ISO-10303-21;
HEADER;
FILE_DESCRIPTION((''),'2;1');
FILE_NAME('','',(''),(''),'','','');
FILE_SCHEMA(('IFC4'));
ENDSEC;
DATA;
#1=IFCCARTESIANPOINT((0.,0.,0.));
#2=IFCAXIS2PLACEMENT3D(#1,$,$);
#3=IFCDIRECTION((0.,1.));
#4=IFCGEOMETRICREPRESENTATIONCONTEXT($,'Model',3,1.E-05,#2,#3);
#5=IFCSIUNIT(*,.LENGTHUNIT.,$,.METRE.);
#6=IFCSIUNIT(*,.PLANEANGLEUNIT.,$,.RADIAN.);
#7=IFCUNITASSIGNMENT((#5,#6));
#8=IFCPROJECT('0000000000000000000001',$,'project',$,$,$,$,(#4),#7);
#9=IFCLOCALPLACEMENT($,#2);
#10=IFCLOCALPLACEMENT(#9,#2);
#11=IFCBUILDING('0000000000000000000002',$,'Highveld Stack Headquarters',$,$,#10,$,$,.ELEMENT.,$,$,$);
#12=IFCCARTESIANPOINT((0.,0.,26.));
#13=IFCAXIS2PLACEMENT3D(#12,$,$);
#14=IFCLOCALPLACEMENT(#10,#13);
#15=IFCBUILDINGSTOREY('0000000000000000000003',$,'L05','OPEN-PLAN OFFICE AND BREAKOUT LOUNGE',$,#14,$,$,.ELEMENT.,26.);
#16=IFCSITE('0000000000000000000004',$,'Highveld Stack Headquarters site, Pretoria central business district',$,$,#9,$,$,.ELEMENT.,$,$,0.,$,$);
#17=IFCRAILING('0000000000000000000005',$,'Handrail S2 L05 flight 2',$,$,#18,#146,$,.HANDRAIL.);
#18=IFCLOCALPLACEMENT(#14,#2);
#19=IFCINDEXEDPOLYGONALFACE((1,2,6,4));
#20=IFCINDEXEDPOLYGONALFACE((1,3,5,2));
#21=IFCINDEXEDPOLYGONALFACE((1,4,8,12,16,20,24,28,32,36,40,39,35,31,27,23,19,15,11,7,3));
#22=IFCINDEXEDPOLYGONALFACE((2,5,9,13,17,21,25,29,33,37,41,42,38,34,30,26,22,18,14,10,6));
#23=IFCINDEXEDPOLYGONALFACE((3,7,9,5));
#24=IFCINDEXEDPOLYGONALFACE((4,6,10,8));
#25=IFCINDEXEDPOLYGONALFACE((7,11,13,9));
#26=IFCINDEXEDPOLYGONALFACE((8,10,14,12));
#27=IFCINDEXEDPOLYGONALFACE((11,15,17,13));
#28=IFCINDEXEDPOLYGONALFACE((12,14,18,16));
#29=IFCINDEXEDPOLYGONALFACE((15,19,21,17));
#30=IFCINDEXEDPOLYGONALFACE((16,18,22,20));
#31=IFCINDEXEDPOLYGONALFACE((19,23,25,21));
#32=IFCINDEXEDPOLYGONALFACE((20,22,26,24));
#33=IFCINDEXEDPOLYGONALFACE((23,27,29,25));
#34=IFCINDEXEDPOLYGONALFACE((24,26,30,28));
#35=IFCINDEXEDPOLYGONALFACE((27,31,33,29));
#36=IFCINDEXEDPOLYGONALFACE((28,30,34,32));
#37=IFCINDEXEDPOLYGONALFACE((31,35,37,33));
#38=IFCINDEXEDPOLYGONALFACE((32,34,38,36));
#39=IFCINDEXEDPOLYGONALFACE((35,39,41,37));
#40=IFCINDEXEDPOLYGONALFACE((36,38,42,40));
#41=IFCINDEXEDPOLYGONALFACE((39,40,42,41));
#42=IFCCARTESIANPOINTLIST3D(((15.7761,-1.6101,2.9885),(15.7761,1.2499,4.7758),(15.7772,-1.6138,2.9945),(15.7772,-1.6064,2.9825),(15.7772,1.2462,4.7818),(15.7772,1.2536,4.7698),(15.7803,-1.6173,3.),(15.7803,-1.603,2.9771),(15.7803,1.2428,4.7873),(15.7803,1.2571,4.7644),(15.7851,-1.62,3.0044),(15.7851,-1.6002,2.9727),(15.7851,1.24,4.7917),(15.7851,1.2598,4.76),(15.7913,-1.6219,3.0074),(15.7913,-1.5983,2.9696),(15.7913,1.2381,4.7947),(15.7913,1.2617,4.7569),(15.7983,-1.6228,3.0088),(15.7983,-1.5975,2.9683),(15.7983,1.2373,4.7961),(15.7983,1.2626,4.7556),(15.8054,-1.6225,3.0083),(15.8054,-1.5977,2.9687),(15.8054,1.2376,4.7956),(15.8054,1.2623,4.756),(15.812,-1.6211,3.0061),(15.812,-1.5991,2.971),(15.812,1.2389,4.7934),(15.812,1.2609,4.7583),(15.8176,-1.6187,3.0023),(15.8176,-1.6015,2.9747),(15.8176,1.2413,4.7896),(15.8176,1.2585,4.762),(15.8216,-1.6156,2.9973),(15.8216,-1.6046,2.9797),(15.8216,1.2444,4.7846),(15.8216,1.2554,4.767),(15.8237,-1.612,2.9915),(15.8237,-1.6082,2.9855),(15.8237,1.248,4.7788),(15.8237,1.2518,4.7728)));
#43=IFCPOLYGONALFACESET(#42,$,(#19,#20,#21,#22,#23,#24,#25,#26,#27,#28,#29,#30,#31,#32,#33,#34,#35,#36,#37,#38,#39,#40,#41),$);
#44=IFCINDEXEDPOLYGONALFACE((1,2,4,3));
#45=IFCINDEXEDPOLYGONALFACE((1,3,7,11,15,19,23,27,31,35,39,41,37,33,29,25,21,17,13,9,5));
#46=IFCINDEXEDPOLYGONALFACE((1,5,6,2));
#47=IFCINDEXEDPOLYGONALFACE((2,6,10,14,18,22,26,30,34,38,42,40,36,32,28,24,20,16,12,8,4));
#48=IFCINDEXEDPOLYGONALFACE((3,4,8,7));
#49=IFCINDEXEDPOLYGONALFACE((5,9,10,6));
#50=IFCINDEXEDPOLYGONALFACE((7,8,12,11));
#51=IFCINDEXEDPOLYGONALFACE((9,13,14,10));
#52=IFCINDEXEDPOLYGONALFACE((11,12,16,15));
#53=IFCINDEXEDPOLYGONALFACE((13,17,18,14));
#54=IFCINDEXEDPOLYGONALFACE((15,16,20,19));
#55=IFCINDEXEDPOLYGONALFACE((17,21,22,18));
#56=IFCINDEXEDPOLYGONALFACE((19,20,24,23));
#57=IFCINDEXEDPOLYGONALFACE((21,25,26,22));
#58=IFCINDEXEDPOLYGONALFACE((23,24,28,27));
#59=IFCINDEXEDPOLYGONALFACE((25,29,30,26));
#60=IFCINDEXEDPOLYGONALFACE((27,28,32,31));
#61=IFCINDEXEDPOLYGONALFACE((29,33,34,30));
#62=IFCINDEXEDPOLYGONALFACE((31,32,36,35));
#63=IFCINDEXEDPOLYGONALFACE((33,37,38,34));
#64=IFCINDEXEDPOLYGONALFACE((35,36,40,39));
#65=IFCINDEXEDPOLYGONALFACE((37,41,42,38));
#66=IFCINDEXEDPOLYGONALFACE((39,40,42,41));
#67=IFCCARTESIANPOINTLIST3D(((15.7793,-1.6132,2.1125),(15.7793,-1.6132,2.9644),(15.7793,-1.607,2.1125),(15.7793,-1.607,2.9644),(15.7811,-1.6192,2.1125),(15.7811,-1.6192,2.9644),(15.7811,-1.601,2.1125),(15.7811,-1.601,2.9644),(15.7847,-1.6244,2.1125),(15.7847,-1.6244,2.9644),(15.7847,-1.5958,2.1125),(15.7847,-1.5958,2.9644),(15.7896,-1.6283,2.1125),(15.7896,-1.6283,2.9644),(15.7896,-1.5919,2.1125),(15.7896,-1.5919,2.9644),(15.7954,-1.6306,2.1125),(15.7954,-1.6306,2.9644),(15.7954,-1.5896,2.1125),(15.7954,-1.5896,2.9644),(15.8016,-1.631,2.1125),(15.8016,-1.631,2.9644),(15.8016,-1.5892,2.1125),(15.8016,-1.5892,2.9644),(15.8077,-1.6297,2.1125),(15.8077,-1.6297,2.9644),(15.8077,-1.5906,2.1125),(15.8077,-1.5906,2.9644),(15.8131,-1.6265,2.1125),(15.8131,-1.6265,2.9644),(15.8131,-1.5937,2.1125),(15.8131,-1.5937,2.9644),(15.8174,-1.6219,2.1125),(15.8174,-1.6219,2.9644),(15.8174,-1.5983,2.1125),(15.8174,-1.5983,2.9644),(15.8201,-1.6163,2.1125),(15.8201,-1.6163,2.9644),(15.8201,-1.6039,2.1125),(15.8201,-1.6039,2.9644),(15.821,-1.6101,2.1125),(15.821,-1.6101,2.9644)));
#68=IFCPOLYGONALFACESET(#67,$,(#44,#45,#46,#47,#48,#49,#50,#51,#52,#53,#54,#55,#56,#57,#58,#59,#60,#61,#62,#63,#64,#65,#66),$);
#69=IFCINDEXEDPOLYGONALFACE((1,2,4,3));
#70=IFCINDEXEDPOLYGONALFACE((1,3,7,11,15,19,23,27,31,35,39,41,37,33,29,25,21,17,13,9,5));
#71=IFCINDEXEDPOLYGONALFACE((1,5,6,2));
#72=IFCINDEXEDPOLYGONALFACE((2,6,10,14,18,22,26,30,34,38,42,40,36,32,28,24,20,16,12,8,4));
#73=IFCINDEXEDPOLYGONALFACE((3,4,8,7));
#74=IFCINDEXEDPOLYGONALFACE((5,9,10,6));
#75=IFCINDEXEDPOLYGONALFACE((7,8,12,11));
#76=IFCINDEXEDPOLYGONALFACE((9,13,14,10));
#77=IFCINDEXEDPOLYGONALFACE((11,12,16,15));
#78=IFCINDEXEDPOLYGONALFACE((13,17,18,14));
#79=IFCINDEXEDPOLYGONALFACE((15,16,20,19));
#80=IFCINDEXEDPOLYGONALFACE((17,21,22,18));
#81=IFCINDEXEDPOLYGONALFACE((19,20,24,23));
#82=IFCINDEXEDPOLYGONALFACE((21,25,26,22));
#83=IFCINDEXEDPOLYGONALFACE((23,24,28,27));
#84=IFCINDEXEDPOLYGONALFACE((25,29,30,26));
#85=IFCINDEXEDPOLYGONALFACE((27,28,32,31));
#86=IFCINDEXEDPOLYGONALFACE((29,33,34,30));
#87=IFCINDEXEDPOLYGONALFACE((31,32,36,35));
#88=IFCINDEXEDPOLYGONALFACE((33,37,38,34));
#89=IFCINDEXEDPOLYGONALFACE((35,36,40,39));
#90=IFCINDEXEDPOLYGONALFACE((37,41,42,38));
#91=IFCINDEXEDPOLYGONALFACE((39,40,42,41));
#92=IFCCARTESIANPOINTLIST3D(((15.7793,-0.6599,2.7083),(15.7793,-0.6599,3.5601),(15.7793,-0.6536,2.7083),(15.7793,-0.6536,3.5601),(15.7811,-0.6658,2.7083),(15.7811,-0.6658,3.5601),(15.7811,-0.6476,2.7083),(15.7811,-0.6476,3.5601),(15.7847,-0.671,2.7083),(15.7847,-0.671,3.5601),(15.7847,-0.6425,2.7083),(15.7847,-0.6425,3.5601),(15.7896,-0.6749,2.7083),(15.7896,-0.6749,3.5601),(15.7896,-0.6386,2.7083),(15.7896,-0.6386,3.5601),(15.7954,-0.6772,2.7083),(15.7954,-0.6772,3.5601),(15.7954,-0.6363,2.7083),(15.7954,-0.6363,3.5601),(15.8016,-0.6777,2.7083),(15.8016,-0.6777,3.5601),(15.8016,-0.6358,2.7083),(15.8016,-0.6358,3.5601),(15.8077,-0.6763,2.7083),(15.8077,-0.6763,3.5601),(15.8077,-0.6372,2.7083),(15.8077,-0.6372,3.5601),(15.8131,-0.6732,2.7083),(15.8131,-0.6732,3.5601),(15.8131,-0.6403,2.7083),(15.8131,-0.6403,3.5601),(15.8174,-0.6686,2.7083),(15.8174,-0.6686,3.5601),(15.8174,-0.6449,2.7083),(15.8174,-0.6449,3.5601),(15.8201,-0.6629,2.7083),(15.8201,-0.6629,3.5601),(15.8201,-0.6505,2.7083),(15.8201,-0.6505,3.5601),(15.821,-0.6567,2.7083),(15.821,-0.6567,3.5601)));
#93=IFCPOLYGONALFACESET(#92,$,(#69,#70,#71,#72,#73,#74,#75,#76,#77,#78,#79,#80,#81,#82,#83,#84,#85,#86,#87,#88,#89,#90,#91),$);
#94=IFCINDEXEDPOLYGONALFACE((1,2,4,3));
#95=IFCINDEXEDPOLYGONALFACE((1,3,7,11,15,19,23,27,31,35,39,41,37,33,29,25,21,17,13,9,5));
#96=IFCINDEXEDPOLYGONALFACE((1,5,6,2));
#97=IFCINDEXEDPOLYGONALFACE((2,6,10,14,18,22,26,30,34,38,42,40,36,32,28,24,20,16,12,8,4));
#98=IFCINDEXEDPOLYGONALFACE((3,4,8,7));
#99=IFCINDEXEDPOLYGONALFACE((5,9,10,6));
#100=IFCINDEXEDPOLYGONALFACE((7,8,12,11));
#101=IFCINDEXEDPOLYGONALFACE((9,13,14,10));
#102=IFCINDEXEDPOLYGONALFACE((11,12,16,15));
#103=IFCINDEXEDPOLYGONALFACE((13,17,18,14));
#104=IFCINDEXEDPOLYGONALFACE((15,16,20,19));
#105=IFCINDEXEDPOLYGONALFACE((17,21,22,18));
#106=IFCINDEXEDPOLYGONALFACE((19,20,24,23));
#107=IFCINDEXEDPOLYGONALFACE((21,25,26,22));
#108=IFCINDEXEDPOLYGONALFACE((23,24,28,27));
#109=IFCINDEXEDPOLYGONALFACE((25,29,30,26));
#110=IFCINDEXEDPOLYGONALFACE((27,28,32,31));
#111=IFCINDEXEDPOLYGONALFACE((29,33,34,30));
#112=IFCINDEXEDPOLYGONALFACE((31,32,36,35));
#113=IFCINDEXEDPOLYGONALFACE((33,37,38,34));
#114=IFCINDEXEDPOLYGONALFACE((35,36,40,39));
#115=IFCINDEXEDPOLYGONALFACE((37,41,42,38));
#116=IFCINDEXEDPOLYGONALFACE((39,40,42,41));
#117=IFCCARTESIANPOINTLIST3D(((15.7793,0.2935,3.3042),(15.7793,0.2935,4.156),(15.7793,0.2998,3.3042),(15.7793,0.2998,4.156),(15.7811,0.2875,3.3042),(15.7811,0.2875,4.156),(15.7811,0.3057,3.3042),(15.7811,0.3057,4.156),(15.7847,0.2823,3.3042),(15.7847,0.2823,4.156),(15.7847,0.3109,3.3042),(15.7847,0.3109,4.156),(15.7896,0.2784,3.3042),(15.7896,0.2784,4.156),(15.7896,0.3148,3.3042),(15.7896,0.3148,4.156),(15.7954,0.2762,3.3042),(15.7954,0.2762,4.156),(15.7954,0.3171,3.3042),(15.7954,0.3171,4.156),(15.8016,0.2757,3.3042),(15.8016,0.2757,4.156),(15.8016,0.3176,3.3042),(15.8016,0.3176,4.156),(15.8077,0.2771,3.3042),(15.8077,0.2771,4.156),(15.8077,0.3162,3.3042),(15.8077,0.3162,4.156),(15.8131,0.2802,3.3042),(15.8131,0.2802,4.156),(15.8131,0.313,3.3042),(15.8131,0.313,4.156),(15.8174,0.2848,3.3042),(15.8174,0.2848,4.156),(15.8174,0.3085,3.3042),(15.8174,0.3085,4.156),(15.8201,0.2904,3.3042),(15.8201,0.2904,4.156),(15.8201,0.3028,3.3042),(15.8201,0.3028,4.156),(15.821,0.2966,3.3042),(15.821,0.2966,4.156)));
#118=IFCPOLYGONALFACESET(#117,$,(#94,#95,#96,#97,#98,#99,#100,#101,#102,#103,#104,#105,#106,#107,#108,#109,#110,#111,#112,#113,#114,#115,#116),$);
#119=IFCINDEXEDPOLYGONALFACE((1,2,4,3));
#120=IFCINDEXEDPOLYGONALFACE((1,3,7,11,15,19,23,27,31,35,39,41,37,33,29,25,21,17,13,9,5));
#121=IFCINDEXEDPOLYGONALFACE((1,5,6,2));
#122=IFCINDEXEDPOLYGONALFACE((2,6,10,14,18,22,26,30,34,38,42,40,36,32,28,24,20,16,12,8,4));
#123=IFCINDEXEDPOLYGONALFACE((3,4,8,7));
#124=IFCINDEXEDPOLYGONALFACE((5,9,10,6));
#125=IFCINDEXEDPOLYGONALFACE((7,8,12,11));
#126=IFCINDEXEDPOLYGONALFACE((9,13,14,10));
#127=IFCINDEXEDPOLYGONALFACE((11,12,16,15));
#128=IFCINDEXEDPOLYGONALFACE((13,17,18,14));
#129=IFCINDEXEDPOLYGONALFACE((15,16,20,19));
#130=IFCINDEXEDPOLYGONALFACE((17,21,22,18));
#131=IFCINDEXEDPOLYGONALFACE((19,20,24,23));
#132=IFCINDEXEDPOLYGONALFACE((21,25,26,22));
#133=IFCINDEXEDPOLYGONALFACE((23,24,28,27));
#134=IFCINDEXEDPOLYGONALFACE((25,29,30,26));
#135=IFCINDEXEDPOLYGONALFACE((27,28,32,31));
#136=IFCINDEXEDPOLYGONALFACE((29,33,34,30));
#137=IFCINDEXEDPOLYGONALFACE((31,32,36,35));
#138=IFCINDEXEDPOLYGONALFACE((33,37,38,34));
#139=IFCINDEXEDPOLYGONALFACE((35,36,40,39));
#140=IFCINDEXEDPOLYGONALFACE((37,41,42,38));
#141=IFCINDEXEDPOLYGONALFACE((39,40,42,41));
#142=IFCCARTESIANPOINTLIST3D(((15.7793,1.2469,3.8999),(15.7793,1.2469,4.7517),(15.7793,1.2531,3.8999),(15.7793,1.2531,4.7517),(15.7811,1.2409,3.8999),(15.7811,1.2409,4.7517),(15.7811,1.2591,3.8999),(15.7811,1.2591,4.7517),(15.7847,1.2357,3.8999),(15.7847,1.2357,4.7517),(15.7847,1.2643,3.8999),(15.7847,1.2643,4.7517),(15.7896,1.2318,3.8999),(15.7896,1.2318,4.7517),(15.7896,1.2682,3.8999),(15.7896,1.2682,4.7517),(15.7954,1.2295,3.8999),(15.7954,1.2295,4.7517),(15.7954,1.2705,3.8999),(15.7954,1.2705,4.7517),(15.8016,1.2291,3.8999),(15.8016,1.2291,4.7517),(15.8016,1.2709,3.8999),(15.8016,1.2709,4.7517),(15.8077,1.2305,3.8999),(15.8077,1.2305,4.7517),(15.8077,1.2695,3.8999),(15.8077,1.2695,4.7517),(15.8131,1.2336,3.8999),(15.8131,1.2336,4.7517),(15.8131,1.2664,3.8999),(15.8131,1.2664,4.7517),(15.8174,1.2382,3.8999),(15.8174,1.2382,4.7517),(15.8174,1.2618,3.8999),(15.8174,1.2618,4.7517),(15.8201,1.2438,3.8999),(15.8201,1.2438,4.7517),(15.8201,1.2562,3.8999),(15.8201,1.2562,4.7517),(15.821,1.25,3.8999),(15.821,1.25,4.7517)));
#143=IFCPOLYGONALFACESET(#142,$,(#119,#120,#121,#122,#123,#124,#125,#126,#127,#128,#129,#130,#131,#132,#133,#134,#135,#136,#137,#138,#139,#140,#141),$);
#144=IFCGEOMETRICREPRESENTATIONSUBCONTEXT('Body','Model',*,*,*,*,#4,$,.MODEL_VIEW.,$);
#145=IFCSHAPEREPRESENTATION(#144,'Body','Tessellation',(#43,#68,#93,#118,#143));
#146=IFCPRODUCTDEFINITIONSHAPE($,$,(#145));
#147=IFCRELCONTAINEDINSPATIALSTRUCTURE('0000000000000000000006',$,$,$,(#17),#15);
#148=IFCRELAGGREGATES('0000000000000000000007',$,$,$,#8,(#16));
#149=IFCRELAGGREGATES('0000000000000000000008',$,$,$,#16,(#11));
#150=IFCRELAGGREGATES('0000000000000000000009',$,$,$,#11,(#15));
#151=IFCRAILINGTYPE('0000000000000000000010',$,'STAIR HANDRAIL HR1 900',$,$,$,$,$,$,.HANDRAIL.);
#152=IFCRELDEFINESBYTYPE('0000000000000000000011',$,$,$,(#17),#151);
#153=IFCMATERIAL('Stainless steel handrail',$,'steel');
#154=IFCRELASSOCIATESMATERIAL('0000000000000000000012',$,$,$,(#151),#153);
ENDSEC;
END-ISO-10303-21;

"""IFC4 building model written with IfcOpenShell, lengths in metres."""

from ifc_helpers import new_model, si_unit, direction, frame, origin, origin_2d, place, context, subcontext, project, spatial, circle, extrude, material, type_object, element, save


model = new_model("IFC4")

# Units and contexts
model_context = context("Model", 3, precision=1e-05, world=origin(), true_north=direction((0.0, 1.0)))
body_context = subcontext(model_context, "Body", "Model", "MODEL_VIEW")
ifc_project = project(units=[si_unit("LENGTHUNIT", "METRE"), si_unit("PLANEANGLEUNIT", "RADIAN")], contexts=[model_context])

# Site, building, storey
site_placement = place(None, origin())
site = spatial("IfcSite", under=ifc_project, at=site_placement, Name="Highveld Stack Headquarters site, Pretoria central business district", CompositionType="ELEMENT", RefElevation=0.0)
building_placement = place(site_placement, origin())
building = spatial("IfcBuilding", under=site, at=building_placement, Name="Highveld Stack Headquarters", CompositionType="ELEMENT")
storey_placement = place(building_placement, frame((0.0, 0.0, 26.0)))
storey = spatial("IfcBuildingStorey", under=building, at=storey_placement, Name="L05", Description="OPEN-PLAN OFFICE AND BREAKOUT LOUNGE", CompositionType="ELEMENT", Elevation=26.0)

# Railing
ifc_material_1 = material(Name="Stainless steel handrail", Category="steel")
railing_type = type_object("IfcRailingType", Name="STAIR HANDRAIL HR1 900", PredefinedType="HANDRAIL", material=ifc_material_1)
railing_placement = place(storey_placement, frame((15.8, -1.6101, 2.1125)))
element("IfcRailing", 1, at=railing_placement, inside=storey, type_object=railing_type, Name="Handrail S2 L05 flight 2", PredefinedType="HANDRAIL", context=body_context, shape_type="SweptSolid", body=[
    extrude(circle(Radius=0.0239, at=origin_2d()), frame((0.0, 0.0, 0.876), z_axis=(0.0, 0.848027, 0.529953), x_axis=(-1.0, 0.0, 0.0)), (0.0, 0.0, 1.0), 3.3726),
    extrude(circle(Radius=0.021, at=origin_2d()), origin(), (0.0, 0.0, 1.0), 0.8518),
    extrude(circle(Radius=0.021, at=origin_2d()), frame((0.0, 0.9534, 0.5957)), (0.0, 0.0, 1.0), 0.8518),
    extrude(circle(Radius=0.021, at=origin_2d()), frame((0.0, 1.9067, 1.1917)), (0.0, 0.0, 1.0), 0.8518),
    extrude(circle(Radius=0.021, at=origin_2d()), frame((0.0, 2.8601, 1.7874)), (0.0, 0.0, 1.0), 0.8518),
])

save(model, "model.ifc")
